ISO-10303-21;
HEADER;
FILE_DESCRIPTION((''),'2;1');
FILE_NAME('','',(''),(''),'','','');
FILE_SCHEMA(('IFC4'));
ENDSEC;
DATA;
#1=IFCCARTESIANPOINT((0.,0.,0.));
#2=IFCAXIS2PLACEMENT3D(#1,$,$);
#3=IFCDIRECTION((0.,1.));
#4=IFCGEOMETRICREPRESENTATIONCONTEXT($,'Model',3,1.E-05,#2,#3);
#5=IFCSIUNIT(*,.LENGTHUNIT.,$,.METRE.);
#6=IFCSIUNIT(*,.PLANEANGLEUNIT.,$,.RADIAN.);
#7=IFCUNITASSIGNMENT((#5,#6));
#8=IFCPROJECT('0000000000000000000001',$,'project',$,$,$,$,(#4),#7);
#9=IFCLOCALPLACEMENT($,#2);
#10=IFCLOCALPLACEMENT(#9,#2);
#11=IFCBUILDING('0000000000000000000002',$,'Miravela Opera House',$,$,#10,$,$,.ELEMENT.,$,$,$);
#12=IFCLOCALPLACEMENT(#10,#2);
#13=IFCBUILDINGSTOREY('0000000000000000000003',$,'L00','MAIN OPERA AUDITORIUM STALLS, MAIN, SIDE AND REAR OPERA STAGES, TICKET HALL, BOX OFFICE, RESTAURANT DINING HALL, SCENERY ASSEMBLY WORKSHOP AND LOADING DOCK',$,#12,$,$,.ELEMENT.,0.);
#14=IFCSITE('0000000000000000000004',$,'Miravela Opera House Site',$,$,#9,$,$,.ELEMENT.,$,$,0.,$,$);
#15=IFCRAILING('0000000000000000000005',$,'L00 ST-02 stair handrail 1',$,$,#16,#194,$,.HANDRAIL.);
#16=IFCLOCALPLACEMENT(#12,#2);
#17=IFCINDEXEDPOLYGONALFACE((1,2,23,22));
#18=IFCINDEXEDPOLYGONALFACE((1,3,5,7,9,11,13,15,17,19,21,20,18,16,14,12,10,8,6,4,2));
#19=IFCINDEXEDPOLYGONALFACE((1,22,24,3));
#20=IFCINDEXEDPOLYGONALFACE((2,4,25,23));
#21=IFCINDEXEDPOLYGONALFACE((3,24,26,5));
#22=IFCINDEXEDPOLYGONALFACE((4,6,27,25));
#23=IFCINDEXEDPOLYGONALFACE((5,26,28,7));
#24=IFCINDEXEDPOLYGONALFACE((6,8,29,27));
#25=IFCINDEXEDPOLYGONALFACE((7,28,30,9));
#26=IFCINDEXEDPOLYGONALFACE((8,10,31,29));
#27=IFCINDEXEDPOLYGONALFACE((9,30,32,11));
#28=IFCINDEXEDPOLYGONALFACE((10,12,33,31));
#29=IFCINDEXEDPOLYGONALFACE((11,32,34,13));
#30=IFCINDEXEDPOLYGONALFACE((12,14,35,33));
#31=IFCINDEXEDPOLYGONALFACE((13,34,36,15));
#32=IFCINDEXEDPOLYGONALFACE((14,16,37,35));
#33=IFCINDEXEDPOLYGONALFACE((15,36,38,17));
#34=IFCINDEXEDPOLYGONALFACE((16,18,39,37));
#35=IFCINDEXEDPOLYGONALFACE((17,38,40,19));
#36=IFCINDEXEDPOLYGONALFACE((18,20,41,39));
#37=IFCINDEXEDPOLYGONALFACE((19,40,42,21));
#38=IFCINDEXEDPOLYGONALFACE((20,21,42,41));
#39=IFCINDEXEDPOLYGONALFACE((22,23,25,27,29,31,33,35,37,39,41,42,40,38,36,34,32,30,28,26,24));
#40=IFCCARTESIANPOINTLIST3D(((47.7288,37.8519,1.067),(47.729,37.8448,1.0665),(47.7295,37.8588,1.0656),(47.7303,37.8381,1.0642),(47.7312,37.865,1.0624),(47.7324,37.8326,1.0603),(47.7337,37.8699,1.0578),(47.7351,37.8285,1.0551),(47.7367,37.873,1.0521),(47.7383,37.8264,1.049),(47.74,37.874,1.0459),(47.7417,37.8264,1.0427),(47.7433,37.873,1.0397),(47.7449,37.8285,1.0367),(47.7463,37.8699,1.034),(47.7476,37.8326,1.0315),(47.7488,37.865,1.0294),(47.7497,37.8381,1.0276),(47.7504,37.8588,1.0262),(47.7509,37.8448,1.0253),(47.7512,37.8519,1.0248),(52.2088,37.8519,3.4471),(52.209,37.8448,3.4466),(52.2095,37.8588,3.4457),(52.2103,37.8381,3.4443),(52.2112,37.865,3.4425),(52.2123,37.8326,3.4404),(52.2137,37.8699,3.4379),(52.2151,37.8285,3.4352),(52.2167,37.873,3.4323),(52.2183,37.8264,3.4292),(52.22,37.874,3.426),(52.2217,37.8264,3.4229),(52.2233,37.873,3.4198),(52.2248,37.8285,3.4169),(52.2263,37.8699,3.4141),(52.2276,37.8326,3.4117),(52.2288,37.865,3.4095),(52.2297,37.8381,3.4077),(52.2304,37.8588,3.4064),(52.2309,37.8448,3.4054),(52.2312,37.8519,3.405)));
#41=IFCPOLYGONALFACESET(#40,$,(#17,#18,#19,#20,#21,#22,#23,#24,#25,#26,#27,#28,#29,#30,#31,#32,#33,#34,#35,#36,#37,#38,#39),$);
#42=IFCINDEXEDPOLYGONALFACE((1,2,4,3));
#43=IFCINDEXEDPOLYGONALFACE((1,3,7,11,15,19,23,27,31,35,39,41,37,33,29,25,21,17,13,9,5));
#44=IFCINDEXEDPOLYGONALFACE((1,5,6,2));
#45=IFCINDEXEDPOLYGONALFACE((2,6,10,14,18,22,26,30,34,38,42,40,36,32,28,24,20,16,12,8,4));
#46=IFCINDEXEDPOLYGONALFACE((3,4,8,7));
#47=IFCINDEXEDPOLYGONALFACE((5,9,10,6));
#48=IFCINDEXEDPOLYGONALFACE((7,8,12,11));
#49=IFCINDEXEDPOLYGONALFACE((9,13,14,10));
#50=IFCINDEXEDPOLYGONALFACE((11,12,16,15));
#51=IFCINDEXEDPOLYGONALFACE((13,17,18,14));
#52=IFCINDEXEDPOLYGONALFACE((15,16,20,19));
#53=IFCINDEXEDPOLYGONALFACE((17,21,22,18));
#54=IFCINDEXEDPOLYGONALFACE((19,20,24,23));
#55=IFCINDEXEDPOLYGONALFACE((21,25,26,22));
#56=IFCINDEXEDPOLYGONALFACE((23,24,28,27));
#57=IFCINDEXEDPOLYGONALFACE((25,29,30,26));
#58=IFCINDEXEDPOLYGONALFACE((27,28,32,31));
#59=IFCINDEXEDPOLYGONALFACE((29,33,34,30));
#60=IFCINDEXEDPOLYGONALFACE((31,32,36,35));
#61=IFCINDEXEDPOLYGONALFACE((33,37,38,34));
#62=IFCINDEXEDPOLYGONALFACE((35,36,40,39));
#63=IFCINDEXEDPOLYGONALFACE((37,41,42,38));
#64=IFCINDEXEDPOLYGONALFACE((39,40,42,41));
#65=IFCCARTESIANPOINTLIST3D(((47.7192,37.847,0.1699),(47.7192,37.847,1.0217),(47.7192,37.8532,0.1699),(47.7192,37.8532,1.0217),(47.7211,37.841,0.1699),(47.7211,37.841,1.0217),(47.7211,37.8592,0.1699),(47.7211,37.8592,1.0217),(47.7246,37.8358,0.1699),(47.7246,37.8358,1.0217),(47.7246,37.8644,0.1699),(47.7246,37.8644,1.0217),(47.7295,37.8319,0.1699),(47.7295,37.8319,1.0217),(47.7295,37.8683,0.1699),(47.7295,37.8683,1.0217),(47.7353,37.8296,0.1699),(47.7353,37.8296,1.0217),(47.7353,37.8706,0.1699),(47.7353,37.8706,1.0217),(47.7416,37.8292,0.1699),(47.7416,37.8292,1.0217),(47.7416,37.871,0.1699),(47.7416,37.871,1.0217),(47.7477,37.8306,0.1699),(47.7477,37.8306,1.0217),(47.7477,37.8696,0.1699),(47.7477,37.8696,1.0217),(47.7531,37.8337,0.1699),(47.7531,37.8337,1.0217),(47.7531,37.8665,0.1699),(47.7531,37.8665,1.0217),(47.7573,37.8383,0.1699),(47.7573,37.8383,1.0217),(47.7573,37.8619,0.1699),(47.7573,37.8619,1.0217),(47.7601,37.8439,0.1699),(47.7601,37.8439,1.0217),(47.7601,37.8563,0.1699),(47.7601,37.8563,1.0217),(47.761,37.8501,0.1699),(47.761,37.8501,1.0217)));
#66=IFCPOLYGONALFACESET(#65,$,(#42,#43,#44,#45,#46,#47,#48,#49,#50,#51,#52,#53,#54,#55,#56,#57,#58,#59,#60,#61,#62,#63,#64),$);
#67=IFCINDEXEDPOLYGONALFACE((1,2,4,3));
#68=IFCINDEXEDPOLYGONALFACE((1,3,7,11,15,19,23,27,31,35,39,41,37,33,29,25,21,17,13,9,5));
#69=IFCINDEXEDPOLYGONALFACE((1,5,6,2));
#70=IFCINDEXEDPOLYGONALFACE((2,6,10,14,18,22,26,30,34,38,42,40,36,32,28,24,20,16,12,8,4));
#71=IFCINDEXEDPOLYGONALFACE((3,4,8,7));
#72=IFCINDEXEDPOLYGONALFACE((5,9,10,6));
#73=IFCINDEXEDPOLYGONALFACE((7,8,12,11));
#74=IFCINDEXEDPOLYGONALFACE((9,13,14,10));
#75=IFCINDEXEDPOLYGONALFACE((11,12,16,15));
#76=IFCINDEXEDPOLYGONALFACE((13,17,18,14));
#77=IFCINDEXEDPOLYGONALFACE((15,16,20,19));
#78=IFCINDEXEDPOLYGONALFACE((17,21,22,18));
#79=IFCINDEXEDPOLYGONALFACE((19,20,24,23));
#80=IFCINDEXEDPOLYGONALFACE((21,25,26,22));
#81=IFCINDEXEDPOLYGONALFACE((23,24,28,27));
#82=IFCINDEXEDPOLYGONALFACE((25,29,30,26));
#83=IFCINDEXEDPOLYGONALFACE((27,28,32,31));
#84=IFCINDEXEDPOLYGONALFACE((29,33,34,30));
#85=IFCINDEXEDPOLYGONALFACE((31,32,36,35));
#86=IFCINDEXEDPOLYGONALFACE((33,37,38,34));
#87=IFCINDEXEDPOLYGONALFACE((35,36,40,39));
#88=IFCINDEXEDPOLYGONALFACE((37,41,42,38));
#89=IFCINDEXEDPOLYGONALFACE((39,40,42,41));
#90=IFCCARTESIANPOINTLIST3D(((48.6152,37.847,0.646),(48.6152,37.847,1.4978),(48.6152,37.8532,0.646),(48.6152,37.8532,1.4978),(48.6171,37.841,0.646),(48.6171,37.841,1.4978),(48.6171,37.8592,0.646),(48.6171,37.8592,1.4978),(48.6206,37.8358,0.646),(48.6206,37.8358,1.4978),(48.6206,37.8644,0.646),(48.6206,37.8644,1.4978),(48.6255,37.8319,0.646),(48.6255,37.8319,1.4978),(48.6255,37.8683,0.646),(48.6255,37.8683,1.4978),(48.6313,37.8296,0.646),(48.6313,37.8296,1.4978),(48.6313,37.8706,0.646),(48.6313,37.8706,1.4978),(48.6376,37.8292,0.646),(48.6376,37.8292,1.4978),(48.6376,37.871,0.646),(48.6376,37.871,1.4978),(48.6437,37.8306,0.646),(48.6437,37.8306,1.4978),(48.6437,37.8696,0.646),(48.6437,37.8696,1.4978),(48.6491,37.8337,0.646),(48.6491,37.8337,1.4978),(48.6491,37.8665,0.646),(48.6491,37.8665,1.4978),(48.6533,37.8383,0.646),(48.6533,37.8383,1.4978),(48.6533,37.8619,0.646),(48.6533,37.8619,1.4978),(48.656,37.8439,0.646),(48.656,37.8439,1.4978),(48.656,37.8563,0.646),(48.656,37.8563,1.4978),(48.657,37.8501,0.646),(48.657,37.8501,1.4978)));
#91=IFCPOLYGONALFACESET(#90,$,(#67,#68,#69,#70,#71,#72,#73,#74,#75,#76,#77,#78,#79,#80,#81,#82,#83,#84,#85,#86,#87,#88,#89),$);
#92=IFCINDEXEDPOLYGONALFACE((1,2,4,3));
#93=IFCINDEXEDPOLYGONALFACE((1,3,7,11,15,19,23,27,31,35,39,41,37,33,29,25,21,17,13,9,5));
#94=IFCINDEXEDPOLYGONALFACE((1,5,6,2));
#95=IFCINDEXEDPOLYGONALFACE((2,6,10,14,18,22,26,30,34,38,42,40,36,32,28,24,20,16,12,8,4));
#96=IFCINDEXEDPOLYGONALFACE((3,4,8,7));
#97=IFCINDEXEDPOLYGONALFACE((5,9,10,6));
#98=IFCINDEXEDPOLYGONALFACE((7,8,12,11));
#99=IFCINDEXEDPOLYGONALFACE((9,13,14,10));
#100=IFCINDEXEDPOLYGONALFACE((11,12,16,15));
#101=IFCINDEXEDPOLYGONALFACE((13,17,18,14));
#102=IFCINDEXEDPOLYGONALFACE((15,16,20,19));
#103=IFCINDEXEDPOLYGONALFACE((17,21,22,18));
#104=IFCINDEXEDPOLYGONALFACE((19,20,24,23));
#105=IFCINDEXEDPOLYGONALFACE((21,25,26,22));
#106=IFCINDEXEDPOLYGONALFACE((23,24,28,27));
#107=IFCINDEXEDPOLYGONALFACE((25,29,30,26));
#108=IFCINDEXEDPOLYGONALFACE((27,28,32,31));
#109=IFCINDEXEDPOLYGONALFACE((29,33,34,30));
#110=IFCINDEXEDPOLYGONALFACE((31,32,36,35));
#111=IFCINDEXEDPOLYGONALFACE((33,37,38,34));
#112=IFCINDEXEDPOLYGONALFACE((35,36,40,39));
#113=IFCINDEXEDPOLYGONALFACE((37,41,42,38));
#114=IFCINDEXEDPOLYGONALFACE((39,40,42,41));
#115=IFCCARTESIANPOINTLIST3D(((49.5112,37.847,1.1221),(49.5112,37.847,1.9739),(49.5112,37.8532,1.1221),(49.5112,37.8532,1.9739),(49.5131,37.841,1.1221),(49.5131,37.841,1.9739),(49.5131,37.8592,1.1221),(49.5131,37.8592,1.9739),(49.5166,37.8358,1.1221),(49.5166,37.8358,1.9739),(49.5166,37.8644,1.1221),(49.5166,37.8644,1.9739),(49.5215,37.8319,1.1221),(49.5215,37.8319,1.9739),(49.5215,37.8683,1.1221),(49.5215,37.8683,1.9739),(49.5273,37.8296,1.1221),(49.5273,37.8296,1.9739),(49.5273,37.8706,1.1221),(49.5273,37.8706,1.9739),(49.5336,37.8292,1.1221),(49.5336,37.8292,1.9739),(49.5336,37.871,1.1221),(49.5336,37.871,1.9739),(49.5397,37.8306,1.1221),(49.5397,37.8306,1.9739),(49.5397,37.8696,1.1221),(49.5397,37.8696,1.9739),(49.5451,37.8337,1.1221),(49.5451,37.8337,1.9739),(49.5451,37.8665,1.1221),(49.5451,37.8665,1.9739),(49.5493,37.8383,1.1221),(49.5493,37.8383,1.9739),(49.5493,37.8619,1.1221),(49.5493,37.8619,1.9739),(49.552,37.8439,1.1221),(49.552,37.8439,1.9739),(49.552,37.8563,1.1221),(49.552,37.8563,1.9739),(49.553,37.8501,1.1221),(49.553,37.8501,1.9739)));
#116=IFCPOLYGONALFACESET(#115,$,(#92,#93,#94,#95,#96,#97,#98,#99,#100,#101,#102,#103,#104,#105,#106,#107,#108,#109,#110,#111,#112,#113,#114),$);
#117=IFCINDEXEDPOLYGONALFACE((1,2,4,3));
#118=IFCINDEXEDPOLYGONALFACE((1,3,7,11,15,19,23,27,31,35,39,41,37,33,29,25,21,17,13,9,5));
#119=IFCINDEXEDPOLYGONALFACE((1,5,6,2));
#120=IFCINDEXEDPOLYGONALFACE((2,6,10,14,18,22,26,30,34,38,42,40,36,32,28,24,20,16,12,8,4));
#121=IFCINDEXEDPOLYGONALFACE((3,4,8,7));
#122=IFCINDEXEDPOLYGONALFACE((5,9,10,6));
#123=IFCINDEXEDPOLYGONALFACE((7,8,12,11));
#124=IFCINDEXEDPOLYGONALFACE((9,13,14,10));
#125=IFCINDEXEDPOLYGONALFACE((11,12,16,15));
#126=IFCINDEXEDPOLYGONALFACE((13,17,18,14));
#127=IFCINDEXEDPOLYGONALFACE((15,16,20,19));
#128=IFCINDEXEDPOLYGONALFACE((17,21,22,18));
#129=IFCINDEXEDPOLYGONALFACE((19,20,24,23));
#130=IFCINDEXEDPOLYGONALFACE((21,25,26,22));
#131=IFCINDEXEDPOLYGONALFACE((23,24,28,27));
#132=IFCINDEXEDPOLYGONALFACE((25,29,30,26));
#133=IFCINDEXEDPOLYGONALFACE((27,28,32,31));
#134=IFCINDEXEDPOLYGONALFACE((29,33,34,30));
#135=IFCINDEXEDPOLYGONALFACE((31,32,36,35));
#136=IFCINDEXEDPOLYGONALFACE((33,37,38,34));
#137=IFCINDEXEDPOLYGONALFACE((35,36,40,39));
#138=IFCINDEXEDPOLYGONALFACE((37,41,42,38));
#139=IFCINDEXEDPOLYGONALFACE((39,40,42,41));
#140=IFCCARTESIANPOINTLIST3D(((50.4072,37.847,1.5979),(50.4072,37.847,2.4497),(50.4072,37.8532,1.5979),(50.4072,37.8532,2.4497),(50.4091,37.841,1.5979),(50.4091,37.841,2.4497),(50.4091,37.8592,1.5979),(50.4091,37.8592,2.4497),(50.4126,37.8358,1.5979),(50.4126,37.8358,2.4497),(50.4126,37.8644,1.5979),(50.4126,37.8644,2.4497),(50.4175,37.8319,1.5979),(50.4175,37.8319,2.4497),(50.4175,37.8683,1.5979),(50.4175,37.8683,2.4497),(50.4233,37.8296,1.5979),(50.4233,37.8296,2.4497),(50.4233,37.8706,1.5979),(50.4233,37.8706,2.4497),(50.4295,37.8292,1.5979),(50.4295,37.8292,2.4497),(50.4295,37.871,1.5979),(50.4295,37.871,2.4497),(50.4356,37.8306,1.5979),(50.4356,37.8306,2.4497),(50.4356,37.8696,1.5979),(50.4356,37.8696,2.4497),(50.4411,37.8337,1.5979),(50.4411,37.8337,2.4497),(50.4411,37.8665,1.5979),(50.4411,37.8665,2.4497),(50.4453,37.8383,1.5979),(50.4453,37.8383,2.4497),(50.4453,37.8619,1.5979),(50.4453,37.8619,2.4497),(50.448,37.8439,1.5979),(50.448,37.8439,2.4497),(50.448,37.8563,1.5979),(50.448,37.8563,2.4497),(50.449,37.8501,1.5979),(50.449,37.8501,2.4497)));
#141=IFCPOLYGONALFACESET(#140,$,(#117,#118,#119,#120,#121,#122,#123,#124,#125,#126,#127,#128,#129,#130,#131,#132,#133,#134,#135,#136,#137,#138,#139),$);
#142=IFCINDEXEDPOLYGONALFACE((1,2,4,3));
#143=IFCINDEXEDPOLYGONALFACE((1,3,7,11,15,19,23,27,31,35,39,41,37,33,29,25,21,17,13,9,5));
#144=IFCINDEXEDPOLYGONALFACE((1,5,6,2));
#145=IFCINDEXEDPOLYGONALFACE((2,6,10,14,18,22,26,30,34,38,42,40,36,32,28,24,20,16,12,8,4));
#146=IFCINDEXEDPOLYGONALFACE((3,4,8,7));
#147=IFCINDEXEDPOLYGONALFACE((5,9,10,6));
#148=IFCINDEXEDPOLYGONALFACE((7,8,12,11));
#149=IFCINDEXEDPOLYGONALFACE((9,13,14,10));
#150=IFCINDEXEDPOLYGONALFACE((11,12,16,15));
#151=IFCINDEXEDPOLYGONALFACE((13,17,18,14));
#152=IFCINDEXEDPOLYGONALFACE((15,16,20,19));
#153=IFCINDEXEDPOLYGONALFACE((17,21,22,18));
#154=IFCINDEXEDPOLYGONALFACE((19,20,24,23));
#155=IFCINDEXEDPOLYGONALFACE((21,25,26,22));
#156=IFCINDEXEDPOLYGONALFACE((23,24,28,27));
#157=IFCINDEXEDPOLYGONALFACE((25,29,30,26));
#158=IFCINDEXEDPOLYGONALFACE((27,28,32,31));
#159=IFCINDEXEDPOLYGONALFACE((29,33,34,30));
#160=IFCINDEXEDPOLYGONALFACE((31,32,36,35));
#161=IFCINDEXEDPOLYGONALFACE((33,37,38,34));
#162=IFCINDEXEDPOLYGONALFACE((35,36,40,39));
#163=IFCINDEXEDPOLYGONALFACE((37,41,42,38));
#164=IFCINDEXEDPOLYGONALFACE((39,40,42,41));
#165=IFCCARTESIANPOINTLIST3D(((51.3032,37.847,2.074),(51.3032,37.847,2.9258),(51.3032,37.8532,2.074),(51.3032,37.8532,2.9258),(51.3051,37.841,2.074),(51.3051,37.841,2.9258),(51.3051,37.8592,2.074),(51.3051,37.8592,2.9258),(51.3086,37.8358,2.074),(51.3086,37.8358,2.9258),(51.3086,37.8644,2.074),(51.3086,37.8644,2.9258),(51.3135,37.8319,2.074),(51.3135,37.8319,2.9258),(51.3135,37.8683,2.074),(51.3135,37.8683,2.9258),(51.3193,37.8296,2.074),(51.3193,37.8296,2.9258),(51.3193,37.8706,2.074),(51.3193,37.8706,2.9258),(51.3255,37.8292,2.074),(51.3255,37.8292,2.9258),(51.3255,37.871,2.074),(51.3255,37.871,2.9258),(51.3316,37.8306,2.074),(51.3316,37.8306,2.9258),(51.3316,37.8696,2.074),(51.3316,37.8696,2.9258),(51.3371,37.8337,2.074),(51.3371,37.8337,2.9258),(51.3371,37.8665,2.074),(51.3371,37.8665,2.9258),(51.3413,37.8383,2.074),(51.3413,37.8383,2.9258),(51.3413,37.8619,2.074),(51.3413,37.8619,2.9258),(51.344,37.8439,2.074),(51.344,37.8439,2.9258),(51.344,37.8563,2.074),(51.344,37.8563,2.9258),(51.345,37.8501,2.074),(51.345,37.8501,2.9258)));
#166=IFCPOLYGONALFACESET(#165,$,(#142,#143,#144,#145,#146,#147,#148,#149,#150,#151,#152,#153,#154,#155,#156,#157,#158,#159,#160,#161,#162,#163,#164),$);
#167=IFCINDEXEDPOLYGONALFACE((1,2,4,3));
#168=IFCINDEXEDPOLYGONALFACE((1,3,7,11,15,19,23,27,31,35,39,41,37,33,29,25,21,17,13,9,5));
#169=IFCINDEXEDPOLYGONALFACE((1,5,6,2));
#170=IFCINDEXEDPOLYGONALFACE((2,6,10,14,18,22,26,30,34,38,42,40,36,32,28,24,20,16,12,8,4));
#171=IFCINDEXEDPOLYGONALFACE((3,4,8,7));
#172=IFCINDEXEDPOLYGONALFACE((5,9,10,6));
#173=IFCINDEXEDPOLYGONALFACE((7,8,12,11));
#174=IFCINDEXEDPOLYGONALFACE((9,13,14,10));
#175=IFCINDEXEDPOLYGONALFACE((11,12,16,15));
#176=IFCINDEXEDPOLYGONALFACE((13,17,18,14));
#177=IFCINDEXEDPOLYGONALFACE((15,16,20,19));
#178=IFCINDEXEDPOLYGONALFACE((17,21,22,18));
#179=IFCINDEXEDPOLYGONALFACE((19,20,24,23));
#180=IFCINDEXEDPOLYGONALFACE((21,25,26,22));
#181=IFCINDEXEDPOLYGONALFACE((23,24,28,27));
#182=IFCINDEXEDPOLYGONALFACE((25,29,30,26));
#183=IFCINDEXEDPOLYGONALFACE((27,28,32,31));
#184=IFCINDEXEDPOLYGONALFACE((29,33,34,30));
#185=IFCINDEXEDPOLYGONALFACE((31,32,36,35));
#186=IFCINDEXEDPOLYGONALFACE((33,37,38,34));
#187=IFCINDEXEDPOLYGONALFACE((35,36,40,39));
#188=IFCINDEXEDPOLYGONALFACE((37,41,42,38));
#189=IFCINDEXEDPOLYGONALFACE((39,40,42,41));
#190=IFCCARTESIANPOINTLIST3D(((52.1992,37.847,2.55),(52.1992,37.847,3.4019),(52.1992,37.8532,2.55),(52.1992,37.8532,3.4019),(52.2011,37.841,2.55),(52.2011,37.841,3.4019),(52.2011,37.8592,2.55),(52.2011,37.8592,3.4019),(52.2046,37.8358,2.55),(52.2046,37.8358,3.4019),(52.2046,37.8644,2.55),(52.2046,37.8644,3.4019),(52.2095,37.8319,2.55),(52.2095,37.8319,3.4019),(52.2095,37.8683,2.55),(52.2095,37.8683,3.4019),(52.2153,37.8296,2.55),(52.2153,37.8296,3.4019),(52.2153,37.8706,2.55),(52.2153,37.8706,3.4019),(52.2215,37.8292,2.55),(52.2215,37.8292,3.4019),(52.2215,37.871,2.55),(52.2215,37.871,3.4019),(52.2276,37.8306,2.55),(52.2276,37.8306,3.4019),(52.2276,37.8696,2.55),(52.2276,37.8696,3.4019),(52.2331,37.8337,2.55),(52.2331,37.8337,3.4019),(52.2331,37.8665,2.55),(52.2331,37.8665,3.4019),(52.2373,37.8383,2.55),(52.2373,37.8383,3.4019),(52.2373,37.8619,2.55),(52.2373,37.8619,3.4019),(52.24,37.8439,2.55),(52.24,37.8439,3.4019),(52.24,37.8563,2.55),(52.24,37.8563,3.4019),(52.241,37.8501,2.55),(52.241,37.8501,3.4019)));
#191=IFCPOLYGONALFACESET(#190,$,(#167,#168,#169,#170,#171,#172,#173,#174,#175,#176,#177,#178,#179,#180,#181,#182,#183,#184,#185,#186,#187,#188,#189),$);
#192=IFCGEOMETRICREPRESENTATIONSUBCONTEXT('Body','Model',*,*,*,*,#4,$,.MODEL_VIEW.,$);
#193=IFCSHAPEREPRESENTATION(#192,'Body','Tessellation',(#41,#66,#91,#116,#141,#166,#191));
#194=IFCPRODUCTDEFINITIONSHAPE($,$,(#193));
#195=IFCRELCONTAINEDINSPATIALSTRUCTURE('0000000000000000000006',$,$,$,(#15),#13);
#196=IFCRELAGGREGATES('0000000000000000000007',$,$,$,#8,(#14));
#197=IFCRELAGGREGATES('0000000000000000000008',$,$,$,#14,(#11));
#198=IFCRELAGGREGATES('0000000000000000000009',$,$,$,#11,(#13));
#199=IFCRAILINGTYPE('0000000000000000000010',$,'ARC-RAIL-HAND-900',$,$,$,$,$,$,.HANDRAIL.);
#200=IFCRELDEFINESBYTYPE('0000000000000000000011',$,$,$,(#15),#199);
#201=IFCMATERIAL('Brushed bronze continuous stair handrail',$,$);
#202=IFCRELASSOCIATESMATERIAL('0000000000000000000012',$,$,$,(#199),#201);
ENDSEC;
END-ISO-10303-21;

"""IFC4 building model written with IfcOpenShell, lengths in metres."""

from ifc_helpers import new_model, si_unit, direction, frame, origin, origin_2d, place, context, subcontext, project, spatial, circle, extrude, material, type_object, element, save


model = new_model("IFC4")

# Units and contexts
model_context = context("Model", 3, precision=1e-05, world=origin(), true_north=direction((0.0, 1.0)))
body_context = subcontext(model_context, "Body", "Model", "MODEL_VIEW")
ifc_project = project(units=[si_unit("LENGTHUNIT", "METRE"), si_unit("PLANEANGLEUNIT", "RADIAN")], contexts=[model_context])

# Site, building, storey
site_placement = place(None, origin())
site = spatial("IfcSite", under=ifc_project, at=site_placement, Name="Miravela Opera House Site", CompositionType="ELEMENT", RefElevation=0.0)
building_placement = place(site_placement, origin())
building = spatial("IfcBuilding", under=site, at=building_placement, Name="Miravela Opera House", CompositionType="ELEMENT")
storey_placement = place(building_placement, origin())
storey = spatial("IfcBuildingStorey", under=building, at=storey_placement, Name="L00", Description="MAIN OPERA AUDITORIUM STALLS, MAIN, SIDE AND REAR OPERA STAGES, TICKET HALL, BOX OFFICE, RESTAURANT DINING HALL, SCENERY ASSEMBLY WORKSHOP AND LOADING DOCK", CompositionType="ELEMENT", Elevation=0.0)

# Railing
ifc_material_1 = material(Name="Brushed bronze continuous stair handrail")
railing_type_1 = type_object("IfcRailingType", Name="ARC-RAIL-HAND-900", PredefinedType="HANDRAIL", material=ifc_material_1)
railing_1_placement = place(storey_placement, frame((47.74, 37.8501, 0.1699)))
element("IfcRailing", 1, at=railing_1_placement, inside=storey, type_object=railing_type_1, Name="L00 ST-02 stair handrail 1", PredefinedType="HANDRAIL", context=body_context, shape_type="SweptSolid", body=[
    extrude(circle(Radius=0.0239, at=origin_2d()), frame((0.0, 0.0, 0.876), z_axis=(0.883105, 0.0, 0.469176), x_axis=(0.0, 1.0, 0.0)), (0.0, 0.0, 1.0), 5.073),
    extrude(circle(Radius=0.021, at=origin_2d()), origin(), (0.0, 0.0, 1.0), 0.8518),
    extrude(circle(Radius=0.021, at=origin_2d()), frame((0.896, 0.0, 0.4761)), (0.0, 0.0, 1.0), 0.8518),
    extrude(circle(Radius=0.021, at=origin_2d()), frame((1.792, 0.0, 0.9521)), (0.0, 0.0, 1.0), 0.8518),
    extrude(circle(Radius=0.021, at=origin_2d()), frame((2.688, 0.0, 1.428)), (0.0, 0.0, 1.0), 0.8518),
    extrude(circle(Radius=0.021, at=origin_2d()), frame((3.584, 0.0, 1.9041)), (0.0, 0.0, 1.0), 0.8518),
    extrude(circle(Radius=0.021, at=origin_2d()), frame((4.48, 0.0, 2.3801)), (0.0, 0.0, 1.0), 0.8518),
])

save(model, "model.ifc")
